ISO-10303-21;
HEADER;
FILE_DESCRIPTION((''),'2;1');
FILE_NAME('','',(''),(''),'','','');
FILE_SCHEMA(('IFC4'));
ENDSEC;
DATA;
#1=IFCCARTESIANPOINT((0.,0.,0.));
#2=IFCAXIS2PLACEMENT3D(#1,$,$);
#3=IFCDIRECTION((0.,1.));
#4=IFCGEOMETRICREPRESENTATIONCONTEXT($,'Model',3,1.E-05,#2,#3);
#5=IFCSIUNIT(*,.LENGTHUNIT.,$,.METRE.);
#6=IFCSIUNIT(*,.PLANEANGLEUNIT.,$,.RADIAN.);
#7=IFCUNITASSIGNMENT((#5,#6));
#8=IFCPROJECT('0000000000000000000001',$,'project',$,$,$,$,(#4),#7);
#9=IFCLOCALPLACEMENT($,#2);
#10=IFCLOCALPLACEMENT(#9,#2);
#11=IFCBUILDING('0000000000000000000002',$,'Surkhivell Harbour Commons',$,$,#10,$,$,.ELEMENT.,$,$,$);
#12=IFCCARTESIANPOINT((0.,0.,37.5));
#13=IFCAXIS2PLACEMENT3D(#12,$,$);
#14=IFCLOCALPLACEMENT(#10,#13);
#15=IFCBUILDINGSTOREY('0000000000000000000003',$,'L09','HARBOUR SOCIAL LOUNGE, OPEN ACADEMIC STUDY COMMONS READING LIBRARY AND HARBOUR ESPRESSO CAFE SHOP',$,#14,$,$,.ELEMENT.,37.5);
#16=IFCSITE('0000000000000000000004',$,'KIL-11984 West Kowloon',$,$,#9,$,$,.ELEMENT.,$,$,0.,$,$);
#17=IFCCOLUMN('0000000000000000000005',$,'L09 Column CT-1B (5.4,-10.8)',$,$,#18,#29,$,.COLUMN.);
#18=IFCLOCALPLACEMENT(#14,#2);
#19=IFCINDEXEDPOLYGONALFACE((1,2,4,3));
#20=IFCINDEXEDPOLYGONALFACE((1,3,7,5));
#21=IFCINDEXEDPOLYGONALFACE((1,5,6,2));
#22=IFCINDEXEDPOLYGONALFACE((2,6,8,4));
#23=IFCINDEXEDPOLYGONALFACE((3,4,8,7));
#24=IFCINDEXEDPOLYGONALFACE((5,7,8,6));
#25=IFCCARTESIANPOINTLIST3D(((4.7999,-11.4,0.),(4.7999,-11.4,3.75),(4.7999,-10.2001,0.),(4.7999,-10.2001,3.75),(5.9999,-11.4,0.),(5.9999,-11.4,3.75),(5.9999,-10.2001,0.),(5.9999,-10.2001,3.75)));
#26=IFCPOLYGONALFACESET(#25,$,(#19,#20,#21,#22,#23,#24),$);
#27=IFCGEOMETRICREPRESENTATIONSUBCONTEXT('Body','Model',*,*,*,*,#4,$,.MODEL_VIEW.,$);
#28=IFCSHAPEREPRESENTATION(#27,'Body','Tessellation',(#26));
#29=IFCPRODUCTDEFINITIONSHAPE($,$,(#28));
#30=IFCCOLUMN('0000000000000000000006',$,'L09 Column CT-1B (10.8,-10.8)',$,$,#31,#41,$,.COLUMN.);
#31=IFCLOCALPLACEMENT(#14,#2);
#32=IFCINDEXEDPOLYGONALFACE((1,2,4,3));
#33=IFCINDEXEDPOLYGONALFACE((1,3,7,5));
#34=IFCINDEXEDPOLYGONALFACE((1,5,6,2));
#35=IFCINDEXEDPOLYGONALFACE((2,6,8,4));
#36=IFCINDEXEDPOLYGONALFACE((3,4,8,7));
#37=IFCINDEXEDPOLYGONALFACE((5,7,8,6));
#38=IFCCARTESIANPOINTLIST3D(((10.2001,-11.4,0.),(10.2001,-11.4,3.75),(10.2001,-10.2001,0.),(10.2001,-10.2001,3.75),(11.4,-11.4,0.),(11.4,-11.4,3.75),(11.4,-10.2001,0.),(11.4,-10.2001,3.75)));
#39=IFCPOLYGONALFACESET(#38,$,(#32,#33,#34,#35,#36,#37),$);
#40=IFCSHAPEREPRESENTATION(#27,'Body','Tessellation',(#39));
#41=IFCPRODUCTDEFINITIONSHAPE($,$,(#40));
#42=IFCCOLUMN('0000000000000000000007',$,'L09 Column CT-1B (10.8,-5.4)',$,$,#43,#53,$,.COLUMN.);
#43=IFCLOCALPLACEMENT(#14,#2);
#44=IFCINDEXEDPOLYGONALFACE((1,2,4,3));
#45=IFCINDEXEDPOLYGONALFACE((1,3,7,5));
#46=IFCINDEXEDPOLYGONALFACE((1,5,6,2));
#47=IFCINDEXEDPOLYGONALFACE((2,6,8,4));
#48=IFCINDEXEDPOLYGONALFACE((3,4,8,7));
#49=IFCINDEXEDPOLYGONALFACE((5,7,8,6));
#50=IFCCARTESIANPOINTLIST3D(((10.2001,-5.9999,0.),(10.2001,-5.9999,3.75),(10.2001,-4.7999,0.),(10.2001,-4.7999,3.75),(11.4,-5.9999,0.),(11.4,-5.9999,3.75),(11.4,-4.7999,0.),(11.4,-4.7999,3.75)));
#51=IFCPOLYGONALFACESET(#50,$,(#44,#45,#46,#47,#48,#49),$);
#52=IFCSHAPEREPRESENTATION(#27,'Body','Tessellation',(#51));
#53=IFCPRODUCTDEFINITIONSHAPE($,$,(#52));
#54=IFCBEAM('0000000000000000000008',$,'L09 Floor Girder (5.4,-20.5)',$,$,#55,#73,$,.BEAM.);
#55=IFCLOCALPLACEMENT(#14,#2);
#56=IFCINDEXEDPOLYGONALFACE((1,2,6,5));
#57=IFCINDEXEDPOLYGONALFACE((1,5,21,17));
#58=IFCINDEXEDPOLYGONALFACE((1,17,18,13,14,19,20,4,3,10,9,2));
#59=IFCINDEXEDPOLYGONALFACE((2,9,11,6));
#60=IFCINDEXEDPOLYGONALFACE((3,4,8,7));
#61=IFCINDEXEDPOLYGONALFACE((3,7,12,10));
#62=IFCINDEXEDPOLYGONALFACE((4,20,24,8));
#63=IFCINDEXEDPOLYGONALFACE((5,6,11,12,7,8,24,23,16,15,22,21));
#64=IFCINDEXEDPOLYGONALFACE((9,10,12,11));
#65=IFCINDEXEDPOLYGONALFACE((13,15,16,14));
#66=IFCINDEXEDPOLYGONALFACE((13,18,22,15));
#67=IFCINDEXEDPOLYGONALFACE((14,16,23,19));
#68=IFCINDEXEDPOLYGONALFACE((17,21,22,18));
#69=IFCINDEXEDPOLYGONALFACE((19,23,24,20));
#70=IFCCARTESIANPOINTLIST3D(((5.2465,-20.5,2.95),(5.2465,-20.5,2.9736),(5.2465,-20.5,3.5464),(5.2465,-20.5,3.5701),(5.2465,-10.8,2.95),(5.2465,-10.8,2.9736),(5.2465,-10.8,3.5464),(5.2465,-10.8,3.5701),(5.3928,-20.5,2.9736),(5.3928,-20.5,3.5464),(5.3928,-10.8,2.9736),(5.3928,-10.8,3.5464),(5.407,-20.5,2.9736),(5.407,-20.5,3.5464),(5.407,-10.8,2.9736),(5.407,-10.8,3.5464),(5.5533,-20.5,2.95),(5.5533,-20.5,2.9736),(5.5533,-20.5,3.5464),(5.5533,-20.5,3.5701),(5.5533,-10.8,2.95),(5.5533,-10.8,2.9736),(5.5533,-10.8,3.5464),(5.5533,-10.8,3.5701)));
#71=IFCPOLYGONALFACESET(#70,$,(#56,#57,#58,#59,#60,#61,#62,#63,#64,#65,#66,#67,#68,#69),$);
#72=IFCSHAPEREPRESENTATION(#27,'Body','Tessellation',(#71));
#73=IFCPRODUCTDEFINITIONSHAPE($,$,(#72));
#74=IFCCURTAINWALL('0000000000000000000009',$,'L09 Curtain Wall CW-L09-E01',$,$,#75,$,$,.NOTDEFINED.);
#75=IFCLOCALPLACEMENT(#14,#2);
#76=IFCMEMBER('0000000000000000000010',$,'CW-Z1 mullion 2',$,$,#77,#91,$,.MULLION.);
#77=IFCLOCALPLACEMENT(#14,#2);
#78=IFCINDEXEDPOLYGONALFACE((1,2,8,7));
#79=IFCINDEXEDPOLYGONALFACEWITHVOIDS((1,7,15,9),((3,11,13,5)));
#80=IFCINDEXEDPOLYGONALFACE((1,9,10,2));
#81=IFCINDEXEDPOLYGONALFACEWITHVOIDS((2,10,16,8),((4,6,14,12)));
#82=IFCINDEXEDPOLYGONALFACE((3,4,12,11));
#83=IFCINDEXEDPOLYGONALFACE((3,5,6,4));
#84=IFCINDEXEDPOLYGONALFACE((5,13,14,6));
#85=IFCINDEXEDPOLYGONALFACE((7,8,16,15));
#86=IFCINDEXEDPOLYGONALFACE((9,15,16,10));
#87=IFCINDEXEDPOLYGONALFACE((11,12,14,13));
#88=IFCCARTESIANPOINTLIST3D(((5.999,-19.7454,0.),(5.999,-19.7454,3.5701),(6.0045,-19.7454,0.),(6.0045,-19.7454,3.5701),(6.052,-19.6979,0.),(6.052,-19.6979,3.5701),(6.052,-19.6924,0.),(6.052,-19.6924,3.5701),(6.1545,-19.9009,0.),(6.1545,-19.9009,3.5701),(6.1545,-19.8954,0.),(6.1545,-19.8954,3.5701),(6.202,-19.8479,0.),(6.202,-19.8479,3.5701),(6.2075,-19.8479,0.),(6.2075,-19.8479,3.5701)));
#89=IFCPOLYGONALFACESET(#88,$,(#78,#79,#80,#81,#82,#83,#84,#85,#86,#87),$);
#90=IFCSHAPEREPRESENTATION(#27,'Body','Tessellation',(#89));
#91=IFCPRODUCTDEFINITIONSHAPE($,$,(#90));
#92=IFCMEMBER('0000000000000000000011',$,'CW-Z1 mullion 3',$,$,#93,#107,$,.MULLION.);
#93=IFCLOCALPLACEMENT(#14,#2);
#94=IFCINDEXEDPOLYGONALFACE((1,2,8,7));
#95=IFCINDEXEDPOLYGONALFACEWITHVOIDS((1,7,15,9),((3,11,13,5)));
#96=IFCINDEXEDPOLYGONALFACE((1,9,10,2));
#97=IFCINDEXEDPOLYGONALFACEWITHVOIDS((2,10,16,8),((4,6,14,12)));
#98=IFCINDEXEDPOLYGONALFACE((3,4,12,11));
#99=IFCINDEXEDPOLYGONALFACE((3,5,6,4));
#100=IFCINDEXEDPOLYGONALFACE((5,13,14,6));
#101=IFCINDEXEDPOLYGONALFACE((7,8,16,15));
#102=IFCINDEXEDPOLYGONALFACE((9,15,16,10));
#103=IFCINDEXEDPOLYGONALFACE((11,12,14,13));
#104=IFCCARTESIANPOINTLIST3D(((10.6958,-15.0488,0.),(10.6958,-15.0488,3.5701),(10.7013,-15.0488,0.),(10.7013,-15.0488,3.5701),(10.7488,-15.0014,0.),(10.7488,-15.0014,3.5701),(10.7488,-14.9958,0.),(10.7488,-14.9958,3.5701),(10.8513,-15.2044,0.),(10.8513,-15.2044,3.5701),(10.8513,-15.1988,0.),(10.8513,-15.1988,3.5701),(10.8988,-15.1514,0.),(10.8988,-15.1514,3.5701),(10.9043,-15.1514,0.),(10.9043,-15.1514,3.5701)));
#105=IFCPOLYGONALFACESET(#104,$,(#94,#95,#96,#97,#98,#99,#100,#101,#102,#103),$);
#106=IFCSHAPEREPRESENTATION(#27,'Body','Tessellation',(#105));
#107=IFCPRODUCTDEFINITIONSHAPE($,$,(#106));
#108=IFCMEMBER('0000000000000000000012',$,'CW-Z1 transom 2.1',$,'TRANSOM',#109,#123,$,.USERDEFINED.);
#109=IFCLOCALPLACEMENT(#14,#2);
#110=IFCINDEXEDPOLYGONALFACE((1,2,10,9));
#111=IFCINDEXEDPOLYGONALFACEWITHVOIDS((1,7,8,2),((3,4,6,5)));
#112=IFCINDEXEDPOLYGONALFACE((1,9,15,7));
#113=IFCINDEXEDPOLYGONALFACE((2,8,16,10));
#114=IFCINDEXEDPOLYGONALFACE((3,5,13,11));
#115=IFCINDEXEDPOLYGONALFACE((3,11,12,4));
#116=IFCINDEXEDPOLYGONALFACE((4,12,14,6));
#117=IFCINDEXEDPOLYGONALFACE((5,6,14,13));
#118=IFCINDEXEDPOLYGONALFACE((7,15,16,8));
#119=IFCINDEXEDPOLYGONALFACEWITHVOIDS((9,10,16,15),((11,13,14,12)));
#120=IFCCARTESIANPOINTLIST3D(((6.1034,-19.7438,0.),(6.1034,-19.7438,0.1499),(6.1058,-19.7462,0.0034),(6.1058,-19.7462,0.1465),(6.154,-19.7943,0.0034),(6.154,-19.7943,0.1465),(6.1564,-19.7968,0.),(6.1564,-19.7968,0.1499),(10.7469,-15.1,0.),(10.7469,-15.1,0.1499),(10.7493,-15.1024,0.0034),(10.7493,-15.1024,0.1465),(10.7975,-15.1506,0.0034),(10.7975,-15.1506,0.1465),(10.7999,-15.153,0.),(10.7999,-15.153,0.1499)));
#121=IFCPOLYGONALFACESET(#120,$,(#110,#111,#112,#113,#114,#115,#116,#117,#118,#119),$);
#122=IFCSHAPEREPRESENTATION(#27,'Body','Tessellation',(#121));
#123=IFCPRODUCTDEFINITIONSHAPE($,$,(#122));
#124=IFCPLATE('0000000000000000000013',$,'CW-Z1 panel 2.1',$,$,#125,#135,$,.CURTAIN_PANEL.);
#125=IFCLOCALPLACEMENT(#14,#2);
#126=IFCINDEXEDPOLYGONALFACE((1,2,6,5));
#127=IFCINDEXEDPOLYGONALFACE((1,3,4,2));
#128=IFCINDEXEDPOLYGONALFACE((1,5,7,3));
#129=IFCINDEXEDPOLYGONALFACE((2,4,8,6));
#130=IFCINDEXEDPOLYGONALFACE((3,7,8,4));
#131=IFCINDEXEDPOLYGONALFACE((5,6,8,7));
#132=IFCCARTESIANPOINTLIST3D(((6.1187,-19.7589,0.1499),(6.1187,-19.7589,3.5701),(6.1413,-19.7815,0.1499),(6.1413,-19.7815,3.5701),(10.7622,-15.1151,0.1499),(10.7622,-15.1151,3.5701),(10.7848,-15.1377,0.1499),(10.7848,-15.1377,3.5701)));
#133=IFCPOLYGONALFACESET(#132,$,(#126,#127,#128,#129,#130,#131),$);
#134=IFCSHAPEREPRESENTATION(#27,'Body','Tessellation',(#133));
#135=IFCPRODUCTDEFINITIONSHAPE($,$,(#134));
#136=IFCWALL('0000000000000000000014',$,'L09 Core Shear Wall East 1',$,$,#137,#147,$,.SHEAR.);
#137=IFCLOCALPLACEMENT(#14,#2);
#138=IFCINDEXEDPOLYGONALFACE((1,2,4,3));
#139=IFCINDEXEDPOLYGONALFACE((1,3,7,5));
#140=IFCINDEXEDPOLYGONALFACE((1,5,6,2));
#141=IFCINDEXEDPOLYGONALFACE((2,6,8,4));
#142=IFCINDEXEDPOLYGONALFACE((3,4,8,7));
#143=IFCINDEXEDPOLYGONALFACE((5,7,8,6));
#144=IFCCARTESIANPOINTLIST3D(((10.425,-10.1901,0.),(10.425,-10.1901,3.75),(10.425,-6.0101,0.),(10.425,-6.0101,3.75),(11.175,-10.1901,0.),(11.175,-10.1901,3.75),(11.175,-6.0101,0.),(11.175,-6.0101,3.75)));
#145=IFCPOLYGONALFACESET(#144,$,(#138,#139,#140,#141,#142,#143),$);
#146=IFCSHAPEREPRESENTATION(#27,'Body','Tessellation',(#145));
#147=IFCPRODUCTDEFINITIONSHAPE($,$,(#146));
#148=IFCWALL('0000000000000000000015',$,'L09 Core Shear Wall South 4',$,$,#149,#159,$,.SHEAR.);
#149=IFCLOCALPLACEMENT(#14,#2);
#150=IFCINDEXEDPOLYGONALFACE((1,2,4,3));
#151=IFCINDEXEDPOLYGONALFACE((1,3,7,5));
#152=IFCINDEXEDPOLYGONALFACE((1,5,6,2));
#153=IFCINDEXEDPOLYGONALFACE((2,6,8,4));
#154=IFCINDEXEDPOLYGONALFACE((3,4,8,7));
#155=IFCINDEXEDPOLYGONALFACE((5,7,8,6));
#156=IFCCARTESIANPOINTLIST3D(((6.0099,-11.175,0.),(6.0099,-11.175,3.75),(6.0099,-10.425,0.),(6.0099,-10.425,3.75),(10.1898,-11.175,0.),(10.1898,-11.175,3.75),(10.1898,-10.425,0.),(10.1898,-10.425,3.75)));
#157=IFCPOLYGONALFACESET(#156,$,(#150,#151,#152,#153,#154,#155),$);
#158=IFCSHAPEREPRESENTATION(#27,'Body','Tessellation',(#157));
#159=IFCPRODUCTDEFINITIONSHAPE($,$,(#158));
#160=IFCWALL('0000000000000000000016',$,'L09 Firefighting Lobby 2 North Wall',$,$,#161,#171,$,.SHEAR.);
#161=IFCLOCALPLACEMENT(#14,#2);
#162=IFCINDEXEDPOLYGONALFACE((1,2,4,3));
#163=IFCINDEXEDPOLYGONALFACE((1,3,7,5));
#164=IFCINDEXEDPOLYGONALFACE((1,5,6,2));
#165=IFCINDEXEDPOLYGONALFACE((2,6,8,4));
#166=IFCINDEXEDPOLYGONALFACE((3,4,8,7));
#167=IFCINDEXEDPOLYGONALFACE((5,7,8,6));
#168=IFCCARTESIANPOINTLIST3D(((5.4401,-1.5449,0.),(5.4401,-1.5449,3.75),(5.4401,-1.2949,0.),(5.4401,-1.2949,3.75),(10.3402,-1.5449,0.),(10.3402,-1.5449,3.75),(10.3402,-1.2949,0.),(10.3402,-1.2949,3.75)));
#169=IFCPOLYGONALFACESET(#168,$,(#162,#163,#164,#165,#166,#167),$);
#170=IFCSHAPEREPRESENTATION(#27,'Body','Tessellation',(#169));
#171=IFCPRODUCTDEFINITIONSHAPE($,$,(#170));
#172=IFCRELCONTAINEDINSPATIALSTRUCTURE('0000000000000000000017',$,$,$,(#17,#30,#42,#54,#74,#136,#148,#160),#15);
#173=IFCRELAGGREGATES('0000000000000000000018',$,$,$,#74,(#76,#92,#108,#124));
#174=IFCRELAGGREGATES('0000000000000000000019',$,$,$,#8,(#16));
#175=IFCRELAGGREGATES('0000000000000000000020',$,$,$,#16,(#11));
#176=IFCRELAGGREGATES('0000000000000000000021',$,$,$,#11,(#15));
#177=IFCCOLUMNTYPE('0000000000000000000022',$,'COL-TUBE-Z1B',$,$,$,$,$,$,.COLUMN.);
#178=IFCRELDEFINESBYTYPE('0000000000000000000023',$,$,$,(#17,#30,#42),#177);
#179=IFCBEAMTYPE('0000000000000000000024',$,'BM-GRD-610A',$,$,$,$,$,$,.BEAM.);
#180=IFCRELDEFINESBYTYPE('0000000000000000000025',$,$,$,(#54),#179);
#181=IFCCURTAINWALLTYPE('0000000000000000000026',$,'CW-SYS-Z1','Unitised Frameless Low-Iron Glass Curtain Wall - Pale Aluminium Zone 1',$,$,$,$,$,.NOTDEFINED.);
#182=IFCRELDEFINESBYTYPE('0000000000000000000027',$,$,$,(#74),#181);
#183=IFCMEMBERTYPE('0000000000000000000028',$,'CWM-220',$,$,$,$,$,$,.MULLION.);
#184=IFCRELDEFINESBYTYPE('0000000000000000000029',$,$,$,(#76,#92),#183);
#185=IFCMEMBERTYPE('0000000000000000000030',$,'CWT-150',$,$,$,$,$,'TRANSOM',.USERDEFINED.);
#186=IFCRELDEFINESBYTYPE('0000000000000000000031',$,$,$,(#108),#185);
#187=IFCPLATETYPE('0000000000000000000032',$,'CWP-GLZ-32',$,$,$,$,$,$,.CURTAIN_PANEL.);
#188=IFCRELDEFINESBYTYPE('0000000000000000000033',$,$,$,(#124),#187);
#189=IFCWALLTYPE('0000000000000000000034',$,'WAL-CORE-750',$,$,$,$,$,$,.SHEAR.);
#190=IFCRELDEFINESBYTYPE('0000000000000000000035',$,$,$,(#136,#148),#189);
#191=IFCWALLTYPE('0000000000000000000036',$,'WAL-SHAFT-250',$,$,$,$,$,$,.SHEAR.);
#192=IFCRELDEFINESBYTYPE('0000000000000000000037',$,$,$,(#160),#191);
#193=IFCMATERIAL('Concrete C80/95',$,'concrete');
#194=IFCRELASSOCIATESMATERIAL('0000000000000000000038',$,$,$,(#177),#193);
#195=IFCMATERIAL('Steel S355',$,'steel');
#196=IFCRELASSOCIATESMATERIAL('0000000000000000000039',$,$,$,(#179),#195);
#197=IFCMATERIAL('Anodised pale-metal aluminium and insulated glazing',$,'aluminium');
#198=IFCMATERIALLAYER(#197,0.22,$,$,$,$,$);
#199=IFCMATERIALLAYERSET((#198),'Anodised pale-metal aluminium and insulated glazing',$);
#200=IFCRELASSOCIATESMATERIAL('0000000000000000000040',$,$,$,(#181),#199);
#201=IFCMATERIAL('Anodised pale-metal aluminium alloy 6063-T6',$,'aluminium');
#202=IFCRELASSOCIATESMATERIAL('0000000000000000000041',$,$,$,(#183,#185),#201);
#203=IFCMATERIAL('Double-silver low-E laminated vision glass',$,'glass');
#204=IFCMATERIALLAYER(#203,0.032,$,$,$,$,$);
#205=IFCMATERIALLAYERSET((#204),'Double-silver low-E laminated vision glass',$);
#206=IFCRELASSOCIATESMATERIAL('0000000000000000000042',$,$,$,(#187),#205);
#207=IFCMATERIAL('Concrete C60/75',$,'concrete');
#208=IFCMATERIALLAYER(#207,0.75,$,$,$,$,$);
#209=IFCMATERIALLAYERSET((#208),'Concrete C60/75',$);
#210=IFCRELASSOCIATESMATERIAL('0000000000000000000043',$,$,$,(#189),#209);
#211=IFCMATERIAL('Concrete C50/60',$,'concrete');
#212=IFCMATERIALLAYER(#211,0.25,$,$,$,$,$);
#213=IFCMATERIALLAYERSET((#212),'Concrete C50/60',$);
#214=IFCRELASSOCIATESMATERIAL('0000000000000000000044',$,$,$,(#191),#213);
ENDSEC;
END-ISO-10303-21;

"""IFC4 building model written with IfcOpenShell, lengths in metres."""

from ifc_helpers import new_model, si_unit, direction, frame, frame_2d, origin, origin_2d, place, context, subcontext, project, spatial, rectangle, hollow_rectangle, i_section, extrude, material, layer, layer_set, material_profile, profile_set, type_object, element, aggregate, save


model = new_model("IFC4")

# Units and contexts
model_context = context("Model", 3, precision=1e-05, world=origin(), true_north=direction((0.0, 1.0)))
body_context = subcontext(model_context, "Body", "Model", "MODEL_VIEW")
ifc_project = project(units=[si_unit("LENGTHUNIT", "METRE"), si_unit("PLANEANGLEUNIT", "RADIAN")], contexts=[model_context])

# Site, building, storey
site_placement = place(None, origin())
site = spatial("IfcSite", under=ifc_project, at=site_placement, Name="KIL-11984 West Kowloon", CompositionType="ELEMENT", RefElevation=0.0)
building_placement = place(site_placement, origin())
building = spatial("IfcBuilding", under=site, at=building_placement, Name="Surkhivell Harbour Commons", CompositionType="ELEMENT")
storey_placement = place(building_placement, frame((0.0, 0.0, 37.5)))
storey = spatial("IfcBuildingStorey", under=building, at=storey_placement, Name="L09", Description="HARBOUR SOCIAL LOUNGE, OPEN ACADEMIC STUDY COMMONS READING LIBRARY AND HARBOUR ESPRESSO CAFE SHOP", CompositionType="ELEMENT", Elevation=37.5)

# Columns
ifc_material_1 = material(Name="Concrete C80/95", Category="concrete")
ifc_material_profile_1 = material_profile(ifc_material_1, rectangle(XDim=1.2, YDim=1.2, at=origin_2d()), Name="RC-COL-1200x1200")
ifc_profile_set_1 = profile_set([ifc_material_profile_1], Name="Concrete C80/95")
column_type = type_object("IfcColumnType", Name="COL-TUBE-Z1B", PredefinedType="COLUMN", material=ifc_profile_set_1)
for number, where, z_axis, x_axis, name in (
    (1, (5.3999, -10.8, 0.0), (0.0, 0.0, 1.0), (1.0, 0.0, 0.0), "L09 Column CT-1B (5.4,-10.8)"),
    (2, (10.8, -10.8, 0.0), (0.0, 0.0, 1.0), (1.0, 0.0, 0.0), "L09 Column CT-1B (10.8,-10.8)"),
    (3, (10.8, -5.3999, 0.0), (0.0, 0.0, 1.0), (1.0, 0.0, 0.0), "L09 Column CT-1B (10.8,-5.4)"),
):
    element("IfcColumn", number, at=place(storey_placement, frame(where, z_axis=z_axis, x_axis=x_axis)), inside=storey, type_object=column_type, Name=name, PredefinedType="COLUMN", context=body_context, shape_type="SweptSolid", body=[
        extrude(rectangle(XDim=1.2, YDim=1.2, at=origin_2d()), origin(), (0.0, 0.0, 1.0), 3.75),
    ])

# Beam
ifc_material_2 = material(Name="Steel S355", Category="steel")
ifc_material_profile_2 = material_profile(ifc_material_2, i_section(OverallWidth=0.3069, OverallDepth=0.6201, WebThickness=0.0142, FlangeThickness=0.0237, at=origin_2d()), Name="UB610x305x179")
ifc_profile_set_2 = profile_set([ifc_material_profile_2], Name="Steel S355")
beam_type = type_object("IfcBeamType", Name="BM-GRD-610A", PredefinedType="BEAM", material=ifc_profile_set_2)
beam_placement = place(storey_placement, frame((5.3999, -20.5, 3.26), z_axis=(0.0, 1.0, 0.0), x_axis=(-1.0, 0.0, 0.0)))
element("IfcBeam", 4, at=beam_placement, inside=storey, type_object=beam_type, Name="L09 Floor Girder (5.4,-20.5)", PredefinedType="BEAM", context=body_context, shape_type="SweptSolid", body=[
    extrude(i_section(OverallWidth=0.3069, OverallDepth=0.6201, WebThickness=0.0142, FlangeThickness=0.0237, at=origin_2d()), origin(), (0.0, 0.0, 1.0), 9.7),
])

# Curtain wall, members, plate
ifc_material_3 = material(Name="Anodised pale-metal aluminium and insulated glazing", Category="aluminium")
ifc_layer_1 = layer(ifc_material_3, 0.22)
ifc_layer_set_1 = layer_set([ifc_layer_1], Name="Anodised pale-metal aluminium and insulated glazing")
curtain_wall_type = type_object("IfcCurtainWallType", Name="CW-SYS-Z1", Description="Unitised Frameless Low-Iron Glass Curtain Wall - Pale Aluminium Zone 1", PredefinedType="NOTDEFINED", material=ifc_layer_set_1)
curtain_wall_placement = place(storey_placement, origin())
curtain_wall = element("IfcCurtainWall", 5, at=curtain_wall_placement, inside=storey, type_object=curtain_wall_type, Name="L09 Curtain Wall CW-L09-E01", PredefinedType="NOTDEFINED")
ifc_material_4 = material(Name="Anodised pale-metal aluminium alloy 6063-T6", Category="aluminium")
ifc_material_profile_3 = material_profile(ifc_material_4, hollow_rectangle(XDim=0.075, YDim=0.22, WallThickness=0.0039, at=origin_2d()), Name="ALU-MULL-75x220")
ifc_profile_set_3 = profile_set([ifc_material_profile_3], Name="Anodised pale-metal aluminium alloy 6063-T6")
member_type_1 = type_object("IfcMemberType", Name="CWM-220", PredefinedType="MULLION", material=ifc_profile_set_3)
member_1_placement = place(storey_placement, frame((6.1033, -19.7966, 0.0), z_axis=(0.0, 0.0, 1.0), x_axis=(0.707107, 0.707107, 0.0)))
member_1 = element("IfcMember", 6, at=member_1_placement, type_object=member_type_1, Name="CW-Z1 mullion 2", PredefinedType="MULLION", context=body_context, shape_type="SweptSolid", body=[
    extrude(hollow_rectangle(XDim=0.075, YDim=0.22, WallThickness=0.0039, at=origin_2d()), origin(), (0.0, 0.0, 1.0), 3.5701),
])
member_2_placement = place(storey_placement, frame((10.8, -15.1001, 0.0), z_axis=(0.0, 0.0, 1.0), x_axis=(0.707107, 0.707107, 0.0)))
member_2 = element("IfcMember", 7, at=member_2_placement, type_object=member_type_1, Name="CW-Z1 mullion 3", PredefinedType="MULLION", context=body_context, shape_type="SweptSolid", body=[
    extrude(hollow_rectangle(XDim=0.075, YDim=0.22, WallThickness=0.0039, at=origin_2d()), origin(), (0.0, 0.0, 1.0), 3.5701),
])
ifc_material_profile_4 = material_profile(ifc_material_4, hollow_rectangle(XDim=0.075, YDim=0.1499, WallThickness=0.0034, at=origin_2d()), Name="ALU-TRAN-75x150")
ifc_profile_set_4 = profile_set([ifc_material_profile_4], Name="Anodised pale-metal aluminium alloy 6063-T6")
member_type_2 = type_object("IfcMemberType", Name="CWT-150", ElementType="TRANSOM", PredefinedType="USERDEFINED", material=ifc_profile_set_4)
member_3_placement = place(storey_placement, frame((6.1299, -19.7703, 0.075), z_axis=(0.707088, 0.707125, 0.0), x_axis=(-0.707125, 0.707088, 0.0)))
member_3 = element("IfcMember", 8, at=member_3_placement, type_object=member_type_2, Name="CW-Z1 transom 2.1", ObjectType="TRANSOM", PredefinedType="USERDEFINED", context=body_context, shape_type="SweptSolid", body=[
    extrude(hollow_rectangle(XDim=0.075, YDim=0.1499, WallThickness=0.0034, at=origin_2d()), origin(), (0.0, 0.0, 1.0), 6.5671),
])
ifc_material_5 = material(Name="Double-silver low-E laminated vision glass", Category="glass")
ifc_layer_2 = layer(ifc_material_5, 0.032)
ifc_layer_set_2 = layer_set([ifc_layer_2], Name="Double-silver low-E laminated vision glass")
plate_type = type_object("IfcPlateType", Name="CWP-GLZ-32", PredefinedType="CURTAIN_PANEL", material=ifc_layer_set_2)
plate_placement = place(storey_placement, frame((6.1299, -19.7703, 0.1499), z_axis=(0.0, 0.0, 1.0), x_axis=(0.707088, 0.707125, 0.0)))
plate = element("IfcPlate", 9, at=plate_placement, type_object=plate_type, Name="CW-Z1 panel 2.1", PredefinedType="CURTAIN_PANEL", context=body_context, shape_type="SweptSolid", body=[
    extrude(rectangle(XDim=6.5671, YDim=0.032, at=frame_2d((3.2837, 0.0))), origin(), (0.0, 0.0, 1.0), 3.4202),
])
aggregate(curtain_wall, [member_1, member_2, member_3, plate])

# Walls
ifc_material_6 = material(Name="Concrete C60/75", Category="concrete")
ifc_layer_3 = layer(ifc_material_6, 0.75)
ifc_layer_set_3 = layer_set([ifc_layer_3], Name="Concrete C60/75")
wall_type_1 = type_object("IfcWallType", Name="WAL-CORE-750", PredefinedType="SHEAR", material=ifc_layer_set_3)
for number, where, z_axis, x_axis, name in (
    (10, (10.8, -10.1899, 0.0), (0.0, 0.0, 1.0), (0.0, 1.0, 0.0), "L09 Core Shear Wall East 1"),
    (11, (6.01, -10.8, 0.0), (0.0, 0.0, 1.0), (1.0, 0.0, 0.0), "L09 Core Shear Wall South 4"),
):
    element("IfcWall", number, at=place(storey_placement, frame(where, z_axis=z_axis, x_axis=x_axis)), inside=storey, type_object=wall_type_1, Name=name, PredefinedType="SHEAR", context=body_context, shape_type="SweptSolid", body=[
        extrude(rectangle(XDim=4.1799, YDim=0.75, at=frame_2d((2.0898, 0.0))), origin(), (0.0, 0.0, 1.0), 3.75),
    ])
ifc_material_7 = material(Name="Concrete C50/60", Category="concrete")
ifc_layer_4 = layer(ifc_material_7, 0.25)
ifc_layer_set_4 = layer_set([ifc_layer_4], Name="Concrete C50/60")
wall_type_2 = type_object("IfcWallType", Name="WAL-SHAFT-250", PredefinedType="SHEAR", material=ifc_layer_set_4)
wall_1_placement = place(storey_placement, frame((5.4399, -1.4199, 0.0), z_axis=(0.0, 0.0, 1.0), x_axis=(1.0, 0.0, 0.0)))
element("IfcWall", 12, at=wall_1_placement, inside=storey, type_object=wall_type_2, Name="L09 Firefighting Lobby 2 North Wall", PredefinedType="SHEAR", context=body_context, shape_type="SweptSolid", body=[
    extrude(rectangle(XDim=4.9001, YDim=0.25, at=frame_2d((2.4502, 0.0))), origin(), (0.0, 0.0, 1.0), 3.75),
])

save(model, "model.ifc")
